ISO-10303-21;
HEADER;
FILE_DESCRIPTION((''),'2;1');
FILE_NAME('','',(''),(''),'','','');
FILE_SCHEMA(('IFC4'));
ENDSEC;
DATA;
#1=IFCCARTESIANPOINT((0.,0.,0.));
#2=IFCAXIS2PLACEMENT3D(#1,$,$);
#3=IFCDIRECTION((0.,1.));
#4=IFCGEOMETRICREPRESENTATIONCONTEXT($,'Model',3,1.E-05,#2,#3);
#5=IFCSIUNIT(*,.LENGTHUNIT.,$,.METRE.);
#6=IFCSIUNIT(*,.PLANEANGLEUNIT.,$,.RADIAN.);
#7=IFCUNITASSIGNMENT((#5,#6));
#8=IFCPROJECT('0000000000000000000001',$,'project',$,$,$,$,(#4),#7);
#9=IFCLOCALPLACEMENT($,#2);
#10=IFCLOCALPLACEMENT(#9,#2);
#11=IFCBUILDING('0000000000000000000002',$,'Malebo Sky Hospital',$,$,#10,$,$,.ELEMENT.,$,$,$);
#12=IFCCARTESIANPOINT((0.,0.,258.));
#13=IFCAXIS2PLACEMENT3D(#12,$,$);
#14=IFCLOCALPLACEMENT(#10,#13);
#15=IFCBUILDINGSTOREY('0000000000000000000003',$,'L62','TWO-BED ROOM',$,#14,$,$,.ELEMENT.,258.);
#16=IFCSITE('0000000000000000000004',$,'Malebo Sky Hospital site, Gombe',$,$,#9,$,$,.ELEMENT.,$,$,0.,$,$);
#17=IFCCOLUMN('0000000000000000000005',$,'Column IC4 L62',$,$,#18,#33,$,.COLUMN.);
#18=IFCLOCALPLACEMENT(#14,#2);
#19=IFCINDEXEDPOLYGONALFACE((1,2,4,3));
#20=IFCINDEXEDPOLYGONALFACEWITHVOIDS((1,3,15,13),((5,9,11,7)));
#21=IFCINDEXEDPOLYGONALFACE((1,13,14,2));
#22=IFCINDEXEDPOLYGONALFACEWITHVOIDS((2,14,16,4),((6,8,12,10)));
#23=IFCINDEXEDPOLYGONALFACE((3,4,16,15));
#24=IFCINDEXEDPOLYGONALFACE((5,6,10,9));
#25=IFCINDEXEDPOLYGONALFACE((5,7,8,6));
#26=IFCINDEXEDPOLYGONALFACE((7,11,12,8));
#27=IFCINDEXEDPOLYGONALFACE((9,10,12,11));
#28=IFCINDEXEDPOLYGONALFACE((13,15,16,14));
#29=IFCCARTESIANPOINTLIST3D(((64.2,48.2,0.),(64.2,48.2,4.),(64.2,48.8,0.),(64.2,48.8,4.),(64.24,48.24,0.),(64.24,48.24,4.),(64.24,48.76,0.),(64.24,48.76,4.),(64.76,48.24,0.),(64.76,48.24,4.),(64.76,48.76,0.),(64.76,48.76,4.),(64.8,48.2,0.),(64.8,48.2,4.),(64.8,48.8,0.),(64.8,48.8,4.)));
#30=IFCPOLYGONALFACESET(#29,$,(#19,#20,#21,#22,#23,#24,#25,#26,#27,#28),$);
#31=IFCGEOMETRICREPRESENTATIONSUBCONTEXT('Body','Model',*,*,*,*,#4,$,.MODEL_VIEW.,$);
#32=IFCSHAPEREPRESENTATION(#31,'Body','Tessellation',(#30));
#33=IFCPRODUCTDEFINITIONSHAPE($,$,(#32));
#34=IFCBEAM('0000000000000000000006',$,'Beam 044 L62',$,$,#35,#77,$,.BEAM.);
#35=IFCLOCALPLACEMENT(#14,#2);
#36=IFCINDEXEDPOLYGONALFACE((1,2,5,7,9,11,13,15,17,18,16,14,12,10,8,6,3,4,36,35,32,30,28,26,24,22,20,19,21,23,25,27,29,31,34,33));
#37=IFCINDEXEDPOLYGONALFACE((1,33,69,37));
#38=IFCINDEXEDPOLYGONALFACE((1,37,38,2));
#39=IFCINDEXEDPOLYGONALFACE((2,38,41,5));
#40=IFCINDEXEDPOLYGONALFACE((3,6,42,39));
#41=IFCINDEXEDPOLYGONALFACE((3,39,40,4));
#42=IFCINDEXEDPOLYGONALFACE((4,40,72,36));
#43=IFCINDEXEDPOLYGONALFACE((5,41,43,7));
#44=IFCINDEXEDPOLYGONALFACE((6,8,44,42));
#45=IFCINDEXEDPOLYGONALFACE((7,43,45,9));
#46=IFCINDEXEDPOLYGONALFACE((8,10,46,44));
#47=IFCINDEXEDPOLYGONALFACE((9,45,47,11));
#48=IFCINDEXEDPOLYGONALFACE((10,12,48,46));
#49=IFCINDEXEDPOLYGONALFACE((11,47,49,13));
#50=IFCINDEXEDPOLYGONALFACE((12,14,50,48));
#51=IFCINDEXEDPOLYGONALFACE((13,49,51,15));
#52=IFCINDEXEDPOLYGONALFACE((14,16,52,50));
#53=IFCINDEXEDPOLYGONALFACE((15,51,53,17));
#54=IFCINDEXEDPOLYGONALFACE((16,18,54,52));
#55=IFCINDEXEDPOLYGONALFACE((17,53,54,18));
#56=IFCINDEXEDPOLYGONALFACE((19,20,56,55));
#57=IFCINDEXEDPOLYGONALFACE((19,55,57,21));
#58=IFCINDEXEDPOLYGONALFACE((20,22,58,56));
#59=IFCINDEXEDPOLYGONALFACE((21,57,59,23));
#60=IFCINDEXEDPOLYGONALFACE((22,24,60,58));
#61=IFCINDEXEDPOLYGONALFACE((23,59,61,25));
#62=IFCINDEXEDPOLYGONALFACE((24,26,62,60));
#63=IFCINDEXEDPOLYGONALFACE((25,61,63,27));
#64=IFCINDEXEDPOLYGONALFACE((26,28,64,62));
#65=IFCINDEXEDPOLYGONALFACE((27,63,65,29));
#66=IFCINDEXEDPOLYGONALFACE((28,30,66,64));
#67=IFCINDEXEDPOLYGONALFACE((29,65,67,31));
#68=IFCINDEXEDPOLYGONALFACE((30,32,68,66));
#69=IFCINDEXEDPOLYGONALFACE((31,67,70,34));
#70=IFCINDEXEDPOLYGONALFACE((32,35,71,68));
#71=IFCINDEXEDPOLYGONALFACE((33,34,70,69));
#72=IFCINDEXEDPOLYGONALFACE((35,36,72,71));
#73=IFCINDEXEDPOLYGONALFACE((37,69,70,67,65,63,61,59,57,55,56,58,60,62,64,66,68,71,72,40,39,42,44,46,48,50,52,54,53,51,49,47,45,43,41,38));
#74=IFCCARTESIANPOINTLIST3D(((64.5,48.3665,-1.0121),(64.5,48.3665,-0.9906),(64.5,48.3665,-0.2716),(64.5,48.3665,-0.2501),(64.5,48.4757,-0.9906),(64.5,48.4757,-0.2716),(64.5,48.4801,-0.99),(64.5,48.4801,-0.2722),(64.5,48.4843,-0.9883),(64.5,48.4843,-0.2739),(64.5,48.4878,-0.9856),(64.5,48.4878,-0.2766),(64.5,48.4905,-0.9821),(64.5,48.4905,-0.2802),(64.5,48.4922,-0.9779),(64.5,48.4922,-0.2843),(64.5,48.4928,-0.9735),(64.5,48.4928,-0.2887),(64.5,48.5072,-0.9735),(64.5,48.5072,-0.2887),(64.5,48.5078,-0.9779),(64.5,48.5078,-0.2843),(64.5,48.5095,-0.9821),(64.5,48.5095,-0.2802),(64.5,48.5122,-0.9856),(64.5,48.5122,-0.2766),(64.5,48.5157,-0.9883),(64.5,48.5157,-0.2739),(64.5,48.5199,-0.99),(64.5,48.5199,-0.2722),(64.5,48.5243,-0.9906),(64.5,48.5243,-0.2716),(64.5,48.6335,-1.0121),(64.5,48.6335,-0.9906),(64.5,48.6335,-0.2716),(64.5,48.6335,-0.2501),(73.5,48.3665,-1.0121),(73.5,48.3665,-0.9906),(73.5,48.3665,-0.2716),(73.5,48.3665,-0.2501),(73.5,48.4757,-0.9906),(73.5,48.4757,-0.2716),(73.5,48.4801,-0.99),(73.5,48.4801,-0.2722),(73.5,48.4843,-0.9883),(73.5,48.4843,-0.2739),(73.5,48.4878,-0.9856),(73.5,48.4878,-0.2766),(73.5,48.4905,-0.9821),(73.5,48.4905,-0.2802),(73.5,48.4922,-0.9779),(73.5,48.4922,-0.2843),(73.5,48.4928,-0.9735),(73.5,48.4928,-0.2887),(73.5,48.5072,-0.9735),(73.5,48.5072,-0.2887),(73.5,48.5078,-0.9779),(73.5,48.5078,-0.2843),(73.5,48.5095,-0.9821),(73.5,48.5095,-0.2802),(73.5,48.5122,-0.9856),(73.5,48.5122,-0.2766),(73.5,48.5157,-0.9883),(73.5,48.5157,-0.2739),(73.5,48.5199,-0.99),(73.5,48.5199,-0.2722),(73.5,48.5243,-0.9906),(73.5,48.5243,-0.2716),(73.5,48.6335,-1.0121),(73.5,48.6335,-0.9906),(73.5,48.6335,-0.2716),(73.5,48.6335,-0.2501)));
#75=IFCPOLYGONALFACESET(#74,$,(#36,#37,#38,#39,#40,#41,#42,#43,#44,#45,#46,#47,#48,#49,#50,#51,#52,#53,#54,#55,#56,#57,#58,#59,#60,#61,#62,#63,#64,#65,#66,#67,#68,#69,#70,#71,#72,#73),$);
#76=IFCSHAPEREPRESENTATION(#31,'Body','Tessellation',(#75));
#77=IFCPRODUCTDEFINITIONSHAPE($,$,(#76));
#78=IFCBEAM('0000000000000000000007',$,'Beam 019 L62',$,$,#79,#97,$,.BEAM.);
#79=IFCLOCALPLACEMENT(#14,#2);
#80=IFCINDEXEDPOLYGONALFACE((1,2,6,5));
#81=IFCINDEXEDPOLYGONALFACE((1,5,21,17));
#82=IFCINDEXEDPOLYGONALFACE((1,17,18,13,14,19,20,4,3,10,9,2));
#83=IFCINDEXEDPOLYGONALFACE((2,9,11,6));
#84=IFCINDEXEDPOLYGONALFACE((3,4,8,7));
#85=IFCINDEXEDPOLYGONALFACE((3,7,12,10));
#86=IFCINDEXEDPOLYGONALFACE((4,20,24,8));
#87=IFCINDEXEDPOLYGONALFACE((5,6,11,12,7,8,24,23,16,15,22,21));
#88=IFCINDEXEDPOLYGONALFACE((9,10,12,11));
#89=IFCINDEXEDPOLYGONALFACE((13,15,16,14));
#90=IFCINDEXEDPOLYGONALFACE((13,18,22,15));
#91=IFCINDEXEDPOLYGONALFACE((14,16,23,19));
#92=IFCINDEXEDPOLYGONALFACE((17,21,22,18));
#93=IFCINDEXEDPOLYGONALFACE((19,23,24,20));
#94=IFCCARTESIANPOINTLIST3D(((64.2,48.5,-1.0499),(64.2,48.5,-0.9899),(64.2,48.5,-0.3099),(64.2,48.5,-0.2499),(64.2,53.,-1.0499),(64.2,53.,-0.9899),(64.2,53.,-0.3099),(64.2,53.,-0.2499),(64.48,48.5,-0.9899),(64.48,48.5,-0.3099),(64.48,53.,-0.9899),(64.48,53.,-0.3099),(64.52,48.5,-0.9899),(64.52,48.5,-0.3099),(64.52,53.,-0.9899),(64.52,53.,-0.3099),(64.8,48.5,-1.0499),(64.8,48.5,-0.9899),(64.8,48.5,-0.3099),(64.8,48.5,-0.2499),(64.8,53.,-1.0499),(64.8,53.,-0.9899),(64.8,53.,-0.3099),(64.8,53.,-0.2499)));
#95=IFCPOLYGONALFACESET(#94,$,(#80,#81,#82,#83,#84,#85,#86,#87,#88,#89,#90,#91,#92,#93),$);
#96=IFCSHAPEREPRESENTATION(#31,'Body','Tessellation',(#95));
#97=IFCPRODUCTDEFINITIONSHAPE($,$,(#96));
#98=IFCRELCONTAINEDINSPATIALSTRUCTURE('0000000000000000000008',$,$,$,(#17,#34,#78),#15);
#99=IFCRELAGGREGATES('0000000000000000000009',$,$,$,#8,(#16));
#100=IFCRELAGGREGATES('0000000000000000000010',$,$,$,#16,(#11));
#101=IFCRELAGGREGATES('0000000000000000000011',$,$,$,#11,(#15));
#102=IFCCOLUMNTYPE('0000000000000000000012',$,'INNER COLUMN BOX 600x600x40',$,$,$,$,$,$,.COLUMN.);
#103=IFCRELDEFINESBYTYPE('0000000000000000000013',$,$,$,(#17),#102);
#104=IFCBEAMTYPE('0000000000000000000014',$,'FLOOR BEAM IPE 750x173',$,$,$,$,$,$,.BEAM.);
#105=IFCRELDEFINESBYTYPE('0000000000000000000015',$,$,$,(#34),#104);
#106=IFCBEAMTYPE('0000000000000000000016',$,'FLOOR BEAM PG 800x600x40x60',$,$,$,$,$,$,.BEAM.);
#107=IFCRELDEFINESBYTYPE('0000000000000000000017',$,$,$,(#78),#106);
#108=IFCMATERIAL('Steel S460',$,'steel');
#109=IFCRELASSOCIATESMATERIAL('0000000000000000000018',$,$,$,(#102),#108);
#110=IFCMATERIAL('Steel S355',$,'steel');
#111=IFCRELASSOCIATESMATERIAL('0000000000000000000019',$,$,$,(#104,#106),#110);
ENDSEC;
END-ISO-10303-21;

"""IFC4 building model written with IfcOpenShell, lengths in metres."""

from ifc_helpers import new_model, si_unit, direction, frame, origin, origin_2d, place, context, subcontext, project, spatial, hollow_rectangle, i_section, extrude, material, material_profile, profile_set, type_object, element, save


model = new_model("IFC4")

# Units and contexts
model_context = context("Model", 3, precision=1e-05, world=origin(), true_north=direction((0.0, 1.0)))
body_context = subcontext(model_context, "Body", "Model", "MODEL_VIEW")
ifc_project = project(units=[si_unit("LENGTHUNIT", "METRE"), si_unit("PLANEANGLEUNIT", "RADIAN")], contexts=[model_context])

# Site, building, storey
site_placement = place(None, origin())
site = spatial("IfcSite", under=ifc_project, at=site_placement, Name="Malebo Sky Hospital site, Gombe", CompositionType="ELEMENT", RefElevation=0.0)
building_placement = place(site_placement, origin())
building = spatial("IfcBuilding", under=site, at=building_placement, Name="Malebo Sky Hospital", CompositionType="ELEMENT")
storey_placement = place(building_placement, frame((0.0, 0.0, 258.0)))
storey = spatial("IfcBuildingStorey", under=building, at=storey_placement, Name="L62", Description="TWO-BED ROOM", CompositionType="ELEMENT", Elevation=258.0)

# Column
ifc_material_1 = material(Name="Steel S460", Category="steel")
ifc_material_profile_1 = material_profile(ifc_material_1, hollow_rectangle(XDim=0.6001, YDim=0.6001, WallThickness=0.04, at=origin_2d()), Name="BOX 600x600x40")
ifc_profile_set_1 = profile_set([ifc_material_profile_1], Name="Steel S460")
column_type = type_object("IfcColumnType", Name="INNER COLUMN BOX 600x600x40", PredefinedType="COLUMN", material=ifc_profile_set_1)
column_placement = place(storey_placement, frame((64.5, 48.5, 0.0), z_axis=(0.0, 0.0, 1.0), x_axis=(1.0, 0.0, 0.0)))
element("IfcColumn", 1, at=column_placement, inside=storey, type_object=column_type, Name="Column IC4 L62", PredefinedType="COLUMN", context=body_context, shape_type="SweptSolid", body=[
    extrude(hollow_rectangle(XDim=0.6001, YDim=0.6001, WallThickness=0.04, at=origin_2d()), origin(), (0.0, 0.0, 1.0), 4.0),
])

# Beams
ifc_material_2 = material(Name="Steel S355", Category="steel")
ifc_material_profile_2 = material_profile(ifc_material_2, i_section(OverallWidth=0.2671, OverallDepth=0.762, WebThickness=0.0144, FlangeThickness=0.0215, FilletRadius=0.0171, at=origin_2d()), Name="IPE 750x173")
ifc_profile_set_2 = profile_set([ifc_material_profile_2], Name="Steel S355")
beam_type_1 = type_object("IfcBeamType", Name="FLOOR BEAM IPE 750x173", PredefinedType="BEAM", material=ifc_profile_set_2)
beam_1_placement = place(storey_placement, frame((64.5, 48.5, -0.6311), z_axis=(1.0, 0.0, 0.0), x_axis=(0.0, 1.0, 0.0)))
element("IfcBeam", 2, at=beam_1_placement, inside=storey, type_object=beam_type_1, Name="Beam 044 L62", PredefinedType="BEAM", context=body_context, shape_type="SweptSolid", body=[
    extrude(i_section(OverallWidth=0.2671, OverallDepth=0.762, WebThickness=0.0144, FlangeThickness=0.0215, FilletRadius=0.0171, at=origin_2d()), origin(), (0.0, 0.0, 1.0), 9.0),
])
ifc_material_profile_3 = material_profile(ifc_material_2, i_section(OverallWidth=0.6001, OverallDepth=0.8, WebThickness=0.04, FlangeThickness=0.0601, at=origin_2d()), Name="PG 800x600x40x60")
ifc_profile_set_3 = profile_set([ifc_material_profile_3], Name="Steel S355")
beam_type_2 = type_object("IfcBeamType", Name="FLOOR BEAM PG 800x600x40x60", PredefinedType="BEAM", material=ifc_profile_set_3)
beam_2_placement = place(storey_placement, frame((64.5, 48.5, -0.6499), z_axis=(0.0, 1.0, 0.0), x_axis=(-1.0, 0.0, 0.0)))
element("IfcBeam", 3, at=beam_2_placement, inside=storey, type_object=beam_type_2, Name="Beam 019 L62", PredefinedType="BEAM", context=body_context, shape_type="SweptSolid", body=[
    extrude(i_section(OverallWidth=0.6001, OverallDepth=0.8, WebThickness=0.04, FlangeThickness=0.0601, at=origin_2d()), origin(), (0.0, 0.0, 1.0), 4.5),
])

save(model, "model.ifc")
